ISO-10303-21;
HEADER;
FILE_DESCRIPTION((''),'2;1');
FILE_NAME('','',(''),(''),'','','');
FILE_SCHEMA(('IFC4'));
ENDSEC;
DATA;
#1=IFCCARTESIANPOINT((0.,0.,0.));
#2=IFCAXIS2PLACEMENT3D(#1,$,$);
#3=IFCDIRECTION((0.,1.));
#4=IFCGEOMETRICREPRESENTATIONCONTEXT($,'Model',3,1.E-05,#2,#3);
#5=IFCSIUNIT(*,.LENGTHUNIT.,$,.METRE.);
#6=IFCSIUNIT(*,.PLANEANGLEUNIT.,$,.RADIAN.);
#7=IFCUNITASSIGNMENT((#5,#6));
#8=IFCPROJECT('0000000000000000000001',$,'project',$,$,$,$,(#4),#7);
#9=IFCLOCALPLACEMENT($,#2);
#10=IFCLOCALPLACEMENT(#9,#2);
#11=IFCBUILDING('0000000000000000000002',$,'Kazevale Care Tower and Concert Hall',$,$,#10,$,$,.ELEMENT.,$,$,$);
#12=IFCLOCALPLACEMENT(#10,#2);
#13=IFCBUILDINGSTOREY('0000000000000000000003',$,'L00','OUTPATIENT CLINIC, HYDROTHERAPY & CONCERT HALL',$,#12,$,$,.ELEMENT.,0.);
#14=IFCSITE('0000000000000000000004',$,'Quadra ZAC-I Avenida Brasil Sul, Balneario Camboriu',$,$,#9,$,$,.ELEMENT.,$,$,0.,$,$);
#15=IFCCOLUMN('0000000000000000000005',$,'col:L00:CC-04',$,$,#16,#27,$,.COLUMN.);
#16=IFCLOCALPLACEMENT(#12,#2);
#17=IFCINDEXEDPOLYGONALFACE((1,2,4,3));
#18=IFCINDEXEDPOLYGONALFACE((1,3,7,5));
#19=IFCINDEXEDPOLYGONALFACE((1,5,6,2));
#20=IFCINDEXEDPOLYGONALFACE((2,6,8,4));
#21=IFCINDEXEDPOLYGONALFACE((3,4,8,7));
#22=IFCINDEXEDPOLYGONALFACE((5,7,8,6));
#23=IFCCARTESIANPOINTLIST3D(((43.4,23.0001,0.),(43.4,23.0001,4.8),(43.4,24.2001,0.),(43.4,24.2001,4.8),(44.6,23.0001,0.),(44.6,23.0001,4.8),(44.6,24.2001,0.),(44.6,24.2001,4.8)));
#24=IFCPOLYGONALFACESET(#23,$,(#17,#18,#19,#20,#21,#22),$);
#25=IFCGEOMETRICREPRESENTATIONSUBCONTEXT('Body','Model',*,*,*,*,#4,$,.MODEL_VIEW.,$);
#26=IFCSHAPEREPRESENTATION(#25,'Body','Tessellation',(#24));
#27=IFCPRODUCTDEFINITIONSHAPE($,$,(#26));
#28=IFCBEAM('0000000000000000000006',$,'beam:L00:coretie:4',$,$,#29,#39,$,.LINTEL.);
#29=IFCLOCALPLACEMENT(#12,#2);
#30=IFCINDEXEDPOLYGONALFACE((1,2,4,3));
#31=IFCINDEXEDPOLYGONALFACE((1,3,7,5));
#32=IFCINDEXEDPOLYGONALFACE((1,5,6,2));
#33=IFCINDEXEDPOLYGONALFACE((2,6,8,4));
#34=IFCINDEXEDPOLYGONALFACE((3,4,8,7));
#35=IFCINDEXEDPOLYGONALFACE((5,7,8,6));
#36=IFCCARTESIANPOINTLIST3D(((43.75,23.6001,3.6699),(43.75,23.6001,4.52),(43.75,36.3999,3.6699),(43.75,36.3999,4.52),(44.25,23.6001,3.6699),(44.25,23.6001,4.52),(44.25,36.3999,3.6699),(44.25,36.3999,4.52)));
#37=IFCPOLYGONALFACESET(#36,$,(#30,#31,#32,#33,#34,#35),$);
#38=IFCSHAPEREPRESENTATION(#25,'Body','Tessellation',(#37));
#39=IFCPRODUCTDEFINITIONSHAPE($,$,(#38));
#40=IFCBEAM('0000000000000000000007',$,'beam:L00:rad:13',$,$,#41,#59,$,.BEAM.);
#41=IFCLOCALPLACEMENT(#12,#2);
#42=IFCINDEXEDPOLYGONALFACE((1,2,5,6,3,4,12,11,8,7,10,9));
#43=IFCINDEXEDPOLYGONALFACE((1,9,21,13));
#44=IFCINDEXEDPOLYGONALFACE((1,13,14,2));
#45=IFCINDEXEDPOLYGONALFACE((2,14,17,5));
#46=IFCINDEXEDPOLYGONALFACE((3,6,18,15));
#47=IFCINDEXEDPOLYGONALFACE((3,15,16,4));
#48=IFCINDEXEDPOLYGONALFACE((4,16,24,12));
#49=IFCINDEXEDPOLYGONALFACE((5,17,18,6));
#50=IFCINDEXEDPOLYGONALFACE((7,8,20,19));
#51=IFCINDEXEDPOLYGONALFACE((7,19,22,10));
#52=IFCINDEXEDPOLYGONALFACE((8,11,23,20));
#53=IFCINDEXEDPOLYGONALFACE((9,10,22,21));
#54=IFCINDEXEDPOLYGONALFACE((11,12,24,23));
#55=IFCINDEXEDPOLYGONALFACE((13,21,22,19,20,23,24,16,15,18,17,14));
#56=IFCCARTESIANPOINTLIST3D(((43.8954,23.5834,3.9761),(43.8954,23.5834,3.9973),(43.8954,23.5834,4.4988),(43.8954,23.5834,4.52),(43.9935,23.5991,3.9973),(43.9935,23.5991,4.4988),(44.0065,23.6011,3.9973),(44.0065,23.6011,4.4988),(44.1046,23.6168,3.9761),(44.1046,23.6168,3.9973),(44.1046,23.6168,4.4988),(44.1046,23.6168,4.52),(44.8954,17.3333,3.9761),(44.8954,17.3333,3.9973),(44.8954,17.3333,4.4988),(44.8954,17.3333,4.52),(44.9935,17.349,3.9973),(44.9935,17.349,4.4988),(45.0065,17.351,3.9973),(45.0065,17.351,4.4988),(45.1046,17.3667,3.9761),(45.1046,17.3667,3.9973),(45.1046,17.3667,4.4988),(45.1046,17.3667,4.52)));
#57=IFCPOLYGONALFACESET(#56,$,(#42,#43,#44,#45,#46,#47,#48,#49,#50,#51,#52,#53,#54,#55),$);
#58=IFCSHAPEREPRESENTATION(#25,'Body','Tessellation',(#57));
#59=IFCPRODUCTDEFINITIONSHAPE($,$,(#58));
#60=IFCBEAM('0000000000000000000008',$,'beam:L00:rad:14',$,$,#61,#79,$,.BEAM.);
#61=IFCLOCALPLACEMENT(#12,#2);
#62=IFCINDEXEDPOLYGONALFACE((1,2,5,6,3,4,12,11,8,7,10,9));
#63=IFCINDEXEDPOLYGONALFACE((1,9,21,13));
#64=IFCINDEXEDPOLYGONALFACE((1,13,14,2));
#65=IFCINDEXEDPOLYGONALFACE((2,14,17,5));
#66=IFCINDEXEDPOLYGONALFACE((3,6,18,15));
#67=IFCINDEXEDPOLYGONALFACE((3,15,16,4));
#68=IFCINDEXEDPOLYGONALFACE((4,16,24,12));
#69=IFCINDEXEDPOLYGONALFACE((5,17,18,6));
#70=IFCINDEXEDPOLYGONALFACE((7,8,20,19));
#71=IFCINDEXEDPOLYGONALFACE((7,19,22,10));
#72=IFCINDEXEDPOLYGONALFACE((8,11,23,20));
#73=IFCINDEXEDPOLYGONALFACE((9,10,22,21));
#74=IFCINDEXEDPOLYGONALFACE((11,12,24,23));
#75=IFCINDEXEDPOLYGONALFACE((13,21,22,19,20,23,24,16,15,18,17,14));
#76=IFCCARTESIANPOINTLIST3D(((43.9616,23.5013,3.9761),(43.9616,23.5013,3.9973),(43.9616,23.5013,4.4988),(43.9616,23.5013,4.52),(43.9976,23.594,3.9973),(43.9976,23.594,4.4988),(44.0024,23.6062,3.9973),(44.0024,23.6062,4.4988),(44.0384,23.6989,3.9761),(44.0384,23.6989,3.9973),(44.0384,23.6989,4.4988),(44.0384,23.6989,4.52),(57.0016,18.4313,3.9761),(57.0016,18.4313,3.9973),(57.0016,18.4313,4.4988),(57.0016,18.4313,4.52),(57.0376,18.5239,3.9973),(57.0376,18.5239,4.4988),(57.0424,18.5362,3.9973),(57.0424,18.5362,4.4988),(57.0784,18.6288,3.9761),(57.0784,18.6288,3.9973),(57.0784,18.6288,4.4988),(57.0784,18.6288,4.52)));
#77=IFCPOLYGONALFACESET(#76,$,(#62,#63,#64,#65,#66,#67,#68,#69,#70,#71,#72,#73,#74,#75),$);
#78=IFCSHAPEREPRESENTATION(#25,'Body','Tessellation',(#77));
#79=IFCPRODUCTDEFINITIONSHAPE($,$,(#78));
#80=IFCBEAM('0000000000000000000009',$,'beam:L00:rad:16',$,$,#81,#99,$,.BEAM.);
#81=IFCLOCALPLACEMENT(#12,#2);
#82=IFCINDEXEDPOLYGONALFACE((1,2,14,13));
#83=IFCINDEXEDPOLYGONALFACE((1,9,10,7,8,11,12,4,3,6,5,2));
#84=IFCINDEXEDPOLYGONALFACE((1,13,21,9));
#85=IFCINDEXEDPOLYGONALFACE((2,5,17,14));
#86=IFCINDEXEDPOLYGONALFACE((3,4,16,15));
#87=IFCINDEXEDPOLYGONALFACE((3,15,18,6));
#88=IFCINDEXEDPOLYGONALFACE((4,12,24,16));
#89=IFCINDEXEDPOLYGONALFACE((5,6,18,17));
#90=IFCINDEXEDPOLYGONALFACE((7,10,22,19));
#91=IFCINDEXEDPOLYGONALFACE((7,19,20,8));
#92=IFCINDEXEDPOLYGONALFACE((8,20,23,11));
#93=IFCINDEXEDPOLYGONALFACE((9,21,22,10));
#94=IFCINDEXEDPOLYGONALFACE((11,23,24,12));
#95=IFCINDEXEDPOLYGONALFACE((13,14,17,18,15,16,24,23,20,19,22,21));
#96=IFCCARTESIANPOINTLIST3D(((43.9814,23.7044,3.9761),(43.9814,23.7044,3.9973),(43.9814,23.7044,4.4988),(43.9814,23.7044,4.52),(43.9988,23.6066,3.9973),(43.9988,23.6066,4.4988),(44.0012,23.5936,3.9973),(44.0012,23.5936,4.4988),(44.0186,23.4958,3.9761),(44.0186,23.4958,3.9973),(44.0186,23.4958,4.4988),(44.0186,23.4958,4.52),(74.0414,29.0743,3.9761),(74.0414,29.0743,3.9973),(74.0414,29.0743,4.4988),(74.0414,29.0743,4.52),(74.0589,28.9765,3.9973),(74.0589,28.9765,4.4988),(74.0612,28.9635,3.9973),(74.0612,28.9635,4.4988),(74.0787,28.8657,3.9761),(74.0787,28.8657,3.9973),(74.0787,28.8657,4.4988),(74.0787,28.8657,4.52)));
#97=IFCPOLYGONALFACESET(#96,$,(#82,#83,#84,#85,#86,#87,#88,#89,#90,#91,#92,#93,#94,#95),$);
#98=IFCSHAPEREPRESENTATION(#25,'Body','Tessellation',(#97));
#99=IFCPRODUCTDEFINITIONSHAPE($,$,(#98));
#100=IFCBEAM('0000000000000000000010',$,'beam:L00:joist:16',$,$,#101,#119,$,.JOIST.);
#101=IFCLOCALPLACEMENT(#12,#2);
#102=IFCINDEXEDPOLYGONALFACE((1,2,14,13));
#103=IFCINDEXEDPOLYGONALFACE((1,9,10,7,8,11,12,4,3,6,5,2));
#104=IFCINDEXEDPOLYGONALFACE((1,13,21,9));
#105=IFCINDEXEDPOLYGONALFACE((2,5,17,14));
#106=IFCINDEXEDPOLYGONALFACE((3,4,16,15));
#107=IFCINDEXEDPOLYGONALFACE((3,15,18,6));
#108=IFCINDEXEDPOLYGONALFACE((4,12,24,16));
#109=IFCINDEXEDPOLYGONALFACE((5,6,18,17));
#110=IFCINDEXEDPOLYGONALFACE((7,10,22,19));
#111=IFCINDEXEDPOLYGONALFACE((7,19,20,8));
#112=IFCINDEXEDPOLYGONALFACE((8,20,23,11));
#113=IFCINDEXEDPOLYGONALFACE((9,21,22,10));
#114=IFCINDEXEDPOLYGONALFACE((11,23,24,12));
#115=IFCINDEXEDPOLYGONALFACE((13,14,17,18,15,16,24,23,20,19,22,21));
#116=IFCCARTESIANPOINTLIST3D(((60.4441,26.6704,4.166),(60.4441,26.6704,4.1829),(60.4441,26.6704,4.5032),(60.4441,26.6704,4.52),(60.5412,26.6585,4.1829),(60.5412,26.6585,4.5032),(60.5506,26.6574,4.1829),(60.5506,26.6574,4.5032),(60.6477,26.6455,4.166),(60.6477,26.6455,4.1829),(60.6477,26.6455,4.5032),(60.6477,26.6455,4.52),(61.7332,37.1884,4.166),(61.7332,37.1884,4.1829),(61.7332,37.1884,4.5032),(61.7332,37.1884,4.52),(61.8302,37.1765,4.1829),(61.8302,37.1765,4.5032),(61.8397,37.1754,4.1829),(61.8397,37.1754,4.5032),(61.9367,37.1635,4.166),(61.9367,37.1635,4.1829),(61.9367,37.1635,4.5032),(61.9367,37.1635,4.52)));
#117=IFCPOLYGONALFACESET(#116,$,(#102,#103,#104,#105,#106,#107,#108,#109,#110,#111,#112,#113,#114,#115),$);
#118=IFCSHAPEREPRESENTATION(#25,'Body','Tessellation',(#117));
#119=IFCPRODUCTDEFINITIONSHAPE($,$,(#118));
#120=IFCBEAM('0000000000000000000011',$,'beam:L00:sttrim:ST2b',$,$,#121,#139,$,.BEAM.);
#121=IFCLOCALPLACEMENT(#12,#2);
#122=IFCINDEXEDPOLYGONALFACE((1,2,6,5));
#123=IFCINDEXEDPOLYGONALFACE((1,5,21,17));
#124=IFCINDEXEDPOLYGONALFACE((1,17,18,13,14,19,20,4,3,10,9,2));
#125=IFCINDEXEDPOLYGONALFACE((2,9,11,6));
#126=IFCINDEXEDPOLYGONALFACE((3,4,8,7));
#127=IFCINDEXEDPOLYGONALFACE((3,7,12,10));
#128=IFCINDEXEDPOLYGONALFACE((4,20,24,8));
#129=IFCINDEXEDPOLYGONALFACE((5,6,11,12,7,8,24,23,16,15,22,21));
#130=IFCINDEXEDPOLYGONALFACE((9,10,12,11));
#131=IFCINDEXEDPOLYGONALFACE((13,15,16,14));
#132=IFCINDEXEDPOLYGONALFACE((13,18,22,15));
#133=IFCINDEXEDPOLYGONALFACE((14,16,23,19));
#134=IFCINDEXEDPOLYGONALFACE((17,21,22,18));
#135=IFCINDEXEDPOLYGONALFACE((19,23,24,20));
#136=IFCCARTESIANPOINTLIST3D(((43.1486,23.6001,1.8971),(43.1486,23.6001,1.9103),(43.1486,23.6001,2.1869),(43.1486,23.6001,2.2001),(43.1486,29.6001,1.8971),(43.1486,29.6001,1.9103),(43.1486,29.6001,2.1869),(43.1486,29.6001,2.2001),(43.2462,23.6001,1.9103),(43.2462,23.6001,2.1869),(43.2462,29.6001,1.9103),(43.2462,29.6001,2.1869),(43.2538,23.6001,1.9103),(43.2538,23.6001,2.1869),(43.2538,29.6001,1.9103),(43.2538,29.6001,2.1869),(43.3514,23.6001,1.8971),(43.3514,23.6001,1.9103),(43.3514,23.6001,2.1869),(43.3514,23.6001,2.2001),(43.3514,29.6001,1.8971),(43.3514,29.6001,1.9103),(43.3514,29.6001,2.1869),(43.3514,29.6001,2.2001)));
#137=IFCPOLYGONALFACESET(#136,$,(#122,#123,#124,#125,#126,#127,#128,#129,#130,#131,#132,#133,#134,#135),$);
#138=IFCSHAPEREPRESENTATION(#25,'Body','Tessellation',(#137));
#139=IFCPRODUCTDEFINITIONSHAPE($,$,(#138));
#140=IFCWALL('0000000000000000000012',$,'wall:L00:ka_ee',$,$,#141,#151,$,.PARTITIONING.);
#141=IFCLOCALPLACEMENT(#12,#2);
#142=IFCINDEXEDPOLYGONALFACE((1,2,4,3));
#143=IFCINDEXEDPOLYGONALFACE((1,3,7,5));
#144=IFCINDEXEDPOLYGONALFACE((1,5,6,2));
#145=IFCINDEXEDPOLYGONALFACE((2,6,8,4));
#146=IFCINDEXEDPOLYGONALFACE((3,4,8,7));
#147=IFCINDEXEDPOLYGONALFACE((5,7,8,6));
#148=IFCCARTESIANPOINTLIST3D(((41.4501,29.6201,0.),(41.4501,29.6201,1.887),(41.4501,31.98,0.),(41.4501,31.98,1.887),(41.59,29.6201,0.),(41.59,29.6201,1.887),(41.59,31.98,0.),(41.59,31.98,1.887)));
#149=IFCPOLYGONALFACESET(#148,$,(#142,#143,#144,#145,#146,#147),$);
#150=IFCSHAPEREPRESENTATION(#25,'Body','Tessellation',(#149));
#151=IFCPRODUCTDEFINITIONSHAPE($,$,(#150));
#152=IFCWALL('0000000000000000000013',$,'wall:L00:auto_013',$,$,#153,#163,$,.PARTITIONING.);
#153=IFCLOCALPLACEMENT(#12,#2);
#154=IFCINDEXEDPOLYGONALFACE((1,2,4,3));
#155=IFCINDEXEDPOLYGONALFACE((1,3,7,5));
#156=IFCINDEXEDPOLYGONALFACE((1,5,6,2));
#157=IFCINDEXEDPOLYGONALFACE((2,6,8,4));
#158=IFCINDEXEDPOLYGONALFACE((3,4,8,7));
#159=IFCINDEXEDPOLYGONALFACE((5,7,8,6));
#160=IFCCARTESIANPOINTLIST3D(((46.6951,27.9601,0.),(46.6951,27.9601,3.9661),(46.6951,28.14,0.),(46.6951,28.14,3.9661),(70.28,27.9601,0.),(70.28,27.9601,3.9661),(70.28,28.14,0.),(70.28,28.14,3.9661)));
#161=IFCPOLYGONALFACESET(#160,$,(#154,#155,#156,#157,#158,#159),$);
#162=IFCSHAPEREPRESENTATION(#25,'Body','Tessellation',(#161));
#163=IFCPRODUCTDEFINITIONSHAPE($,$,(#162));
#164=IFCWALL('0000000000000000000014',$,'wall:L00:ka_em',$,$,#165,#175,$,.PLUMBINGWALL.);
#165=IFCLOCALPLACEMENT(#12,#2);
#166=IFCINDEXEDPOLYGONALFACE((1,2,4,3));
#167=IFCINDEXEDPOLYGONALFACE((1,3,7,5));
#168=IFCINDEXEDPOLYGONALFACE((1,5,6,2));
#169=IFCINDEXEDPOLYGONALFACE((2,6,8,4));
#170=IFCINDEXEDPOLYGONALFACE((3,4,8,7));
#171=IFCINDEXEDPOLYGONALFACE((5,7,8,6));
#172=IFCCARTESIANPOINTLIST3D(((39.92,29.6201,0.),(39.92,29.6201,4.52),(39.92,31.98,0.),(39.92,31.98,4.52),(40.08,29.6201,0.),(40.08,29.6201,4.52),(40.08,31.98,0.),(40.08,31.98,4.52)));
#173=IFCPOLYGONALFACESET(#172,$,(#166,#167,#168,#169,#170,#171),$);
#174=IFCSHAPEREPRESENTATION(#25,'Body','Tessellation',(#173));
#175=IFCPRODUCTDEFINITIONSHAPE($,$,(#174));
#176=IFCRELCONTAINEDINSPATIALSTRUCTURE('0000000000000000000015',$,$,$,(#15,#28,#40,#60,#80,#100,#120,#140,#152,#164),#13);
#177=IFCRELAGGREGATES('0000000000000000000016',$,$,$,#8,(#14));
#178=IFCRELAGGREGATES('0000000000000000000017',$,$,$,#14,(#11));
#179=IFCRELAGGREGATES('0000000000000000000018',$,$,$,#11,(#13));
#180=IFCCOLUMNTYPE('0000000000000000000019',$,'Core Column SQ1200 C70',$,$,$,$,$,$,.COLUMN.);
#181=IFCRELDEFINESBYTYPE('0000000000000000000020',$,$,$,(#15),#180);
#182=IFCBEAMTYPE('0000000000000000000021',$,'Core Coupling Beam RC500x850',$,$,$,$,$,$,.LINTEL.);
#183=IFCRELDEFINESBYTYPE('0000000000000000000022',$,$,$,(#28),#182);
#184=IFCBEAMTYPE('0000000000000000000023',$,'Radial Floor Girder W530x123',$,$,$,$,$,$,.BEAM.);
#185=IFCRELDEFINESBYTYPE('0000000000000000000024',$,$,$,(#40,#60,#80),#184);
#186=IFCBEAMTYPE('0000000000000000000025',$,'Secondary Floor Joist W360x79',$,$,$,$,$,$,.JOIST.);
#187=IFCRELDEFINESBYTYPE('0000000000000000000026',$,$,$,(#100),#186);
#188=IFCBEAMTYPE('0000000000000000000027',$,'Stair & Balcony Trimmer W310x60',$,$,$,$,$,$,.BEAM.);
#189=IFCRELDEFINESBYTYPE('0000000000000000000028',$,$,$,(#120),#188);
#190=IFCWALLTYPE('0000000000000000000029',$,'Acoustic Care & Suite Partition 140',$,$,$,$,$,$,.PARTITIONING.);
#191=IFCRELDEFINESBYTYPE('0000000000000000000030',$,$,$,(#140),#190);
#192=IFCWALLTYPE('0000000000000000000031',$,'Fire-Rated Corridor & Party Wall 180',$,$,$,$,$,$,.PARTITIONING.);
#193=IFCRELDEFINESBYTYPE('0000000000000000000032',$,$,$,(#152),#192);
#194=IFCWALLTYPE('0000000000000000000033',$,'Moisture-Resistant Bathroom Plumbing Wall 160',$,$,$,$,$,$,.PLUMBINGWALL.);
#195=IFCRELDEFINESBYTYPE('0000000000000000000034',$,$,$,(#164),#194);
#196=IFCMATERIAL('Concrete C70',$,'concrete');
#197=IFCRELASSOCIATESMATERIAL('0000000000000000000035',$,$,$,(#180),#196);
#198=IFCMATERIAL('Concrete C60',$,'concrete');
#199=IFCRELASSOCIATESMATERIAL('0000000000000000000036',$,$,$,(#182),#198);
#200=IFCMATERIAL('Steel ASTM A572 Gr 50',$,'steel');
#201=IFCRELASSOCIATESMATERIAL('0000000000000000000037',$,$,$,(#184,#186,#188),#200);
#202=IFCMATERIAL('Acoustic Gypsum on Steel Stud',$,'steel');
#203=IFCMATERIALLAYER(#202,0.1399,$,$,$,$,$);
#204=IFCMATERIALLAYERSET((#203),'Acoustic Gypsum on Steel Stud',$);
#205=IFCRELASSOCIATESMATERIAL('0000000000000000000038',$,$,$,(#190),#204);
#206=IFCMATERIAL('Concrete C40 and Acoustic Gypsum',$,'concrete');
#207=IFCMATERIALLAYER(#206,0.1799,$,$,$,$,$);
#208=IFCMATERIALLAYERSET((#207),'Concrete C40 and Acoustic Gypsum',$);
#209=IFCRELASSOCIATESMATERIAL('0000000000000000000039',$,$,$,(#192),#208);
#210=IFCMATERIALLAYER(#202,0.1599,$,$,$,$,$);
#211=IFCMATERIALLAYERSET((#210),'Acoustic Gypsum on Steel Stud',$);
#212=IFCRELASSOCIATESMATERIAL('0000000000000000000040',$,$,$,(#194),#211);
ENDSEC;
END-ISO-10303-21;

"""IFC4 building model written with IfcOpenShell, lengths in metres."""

from ifc_helpers import new_model, si_unit, direction, frame, frame_2d, origin, origin_2d, place, context, subcontext, project, spatial, rectangle, i_section, extrude, material, layer, layer_set, material_profile, profile_set, type_object, element, save


model = new_model("IFC4")

# Units and contexts
model_context = context("Model", 3, precision=1e-05, world=origin(), true_north=direction((0.0, 1.0)))
body_context = subcontext(model_context, "Body", "Model", "MODEL_VIEW")
ifc_project = project(units=[si_unit("LENGTHUNIT", "METRE"), si_unit("PLANEANGLEUNIT", "RADIAN")], contexts=[model_context])

# Site, building, storey
site_placement = place(None, origin())
site = spatial("IfcSite", under=ifc_project, at=site_placement, Name="Quadra ZAC-I Avenida Brasil Sul, Balneario Camboriu", CompositionType="ELEMENT", RefElevation=0.0)
building_placement = place(site_placement, origin())
building = spatial("IfcBuilding", under=site, at=building_placement, Name="Kazevale Care Tower and Concert Hall", CompositionType="ELEMENT")
storey_placement = place(building_placement, origin())
storey = spatial("IfcBuildingStorey", under=building, at=storey_placement, Name="L00", Description="OUTPATIENT CLINIC, HYDROTHERAPY & CONCERT HALL", CompositionType="ELEMENT", Elevation=0.0)

# Column
ifc_material_1 = material(Name="Concrete C70", Category="concrete")
ifc_material_profile_1 = material_profile(ifc_material_1, rectangle(XDim=1.2, YDim=1.2, at=origin_2d()), Name="RC-SQ1200")
ifc_profile_set_1 = profile_set([ifc_material_profile_1], Name="Concrete C70")
column_type = type_object("IfcColumnType", Name="Core Column SQ1200 C70", PredefinedType="COLUMN", material=ifc_profile_set_1)
column_placement = place(storey_placement, frame((44.0, 23.6001, 0.0), z_axis=(0.0, 0.0, 1.0), x_axis=(1.0, 0.0, 0.0)))
element("IfcColumn", 1, at=column_placement, inside=storey, type_object=column_type, Name="col:L00:CC-04", PredefinedType="COLUMN", context=body_context, shape_type="SweptSolid", body=[
    extrude(rectangle(XDim=1.2, YDim=1.2, at=origin_2d()), origin(), (0.0, 0.0, 1.0), 4.8),
])

# Beams
ifc_material_2 = material(Name="Concrete C60", Category="concrete")
ifc_material_profile_2 = material_profile(ifc_material_2, rectangle(XDim=0.5, YDim=0.8501, at=origin_2d()), Name="RC-B500x850")
ifc_profile_set_2 = profile_set([ifc_material_profile_2], Name="Concrete C60")
beam_type_1 = type_object("IfcBeamType", Name="Core Coupling Beam RC500x850", PredefinedType="LINTEL", material=ifc_profile_set_2)
beam_1_placement = place(storey_placement, frame((44.0, 23.6001, 4.095), z_axis=(0.0, 1.0, 0.0), x_axis=(-1.0, 0.0, 0.0)))
element("IfcBeam", 2, at=beam_1_placement, inside=storey, type_object=beam_type_1, Name="beam:L00:coretie:4", PredefinedType="LINTEL", context=body_context, shape_type="SweptSolid", body=[
    extrude(rectangle(XDim=0.5, YDim=0.8501, at=origin_2d()), origin(), (0.0, 0.0, 1.0), 12.7998),
])
ifc_material_3 = material(Name="Steel ASTM A572 Gr 50", Category="steel")
ifc_material_profile_3 = material_profile(ifc_material_3, i_section(OverallWidth=0.2119, OverallDepth=0.5439, WebThickness=0.0132, FlangeThickness=0.0212, at=origin_2d()), Name="W530x123")
ifc_profile_set_3 = profile_set([ifc_material_profile_3], Name="Steel ASTM A572 Gr 50")
beam_type_2 = type_object("IfcBeamType", Name="Radial Floor Girder W530x123", PredefinedType="BEAM", material=ifc_profile_set_3)
beam_2_placement = place(storey_placement, frame((44.0, 23.6001, 4.248), z_axis=(0.157991, -0.987441, 0.0), x_axis=(0.987441, 0.157991, 0.0)))
element("IfcBeam", 3, at=beam_2_placement, inside=storey, type_object=beam_type_2, Name="beam:L00:rad:13", PredefinedType="BEAM", context=body_context, shape_type="SweptSolid", body=[
    extrude(i_section(OverallWidth=0.2119, OverallDepth=0.5439, WebThickness=0.0132, FlangeThickness=0.0212, at=origin_2d()), origin(), (0.0, 0.0, 1.0), 6.3296),
])
beam_3_placement = place(storey_placement, frame((44.0, 23.6001, 4.248), z_axis=(0.93203, -0.362381, 0.0), x_axis=(0.362381, 0.93203, 0.0)))
element("IfcBeam", 4, at=beam_3_placement, inside=storey, type_object=beam_type_2, Name="beam:L00:rad:14", PredefinedType="BEAM", context=body_context, shape_type="SweptSolid", body=[
    extrude(i_section(OverallWidth=0.2119, OverallDepth=0.5439, WebThickness=0.0132, FlangeThickness=0.0212, at=origin_2d()), origin(), (0.0, 0.0, 1.0), 13.991),
])
beam_4_placement = place(storey_placement, frame((44.0, 23.6001, 4.248), z_axis=(0.984416, 0.175854, 0.0), x_axis=(-0.175854, 0.984416, 0.0)))
element("IfcBeam", 5, at=beam_4_placement, inside=storey, type_object=beam_type_2, Name="beam:L00:rad:16", PredefinedType="BEAM", context=body_context, shape_type="SweptSolid", body=[
    extrude(i_section(OverallWidth=0.2119, OverallDepth=0.5439, WebThickness=0.0132, FlangeThickness=0.0212, at=origin_2d()), origin(), (0.0, 0.0, 1.0), 30.5359),
])
ifc_material_profile_4 = material_profile(ifc_material_3, i_section(OverallWidth=0.2051, OverallDepth=0.354, WebThickness=0.0095, FlangeThickness=0.0168, at=origin_2d()), Name="W360x79")
ifc_profile_set_4 = profile_set([ifc_material_profile_4], Name="Steel ASTM A572 Gr 50")
beam_type_3 = type_object("IfcBeamType", Name="Secondary Floor Joist W360x79", PredefinedType="JOIST", material=ifc_profile_set_4)
beam_5_placement = place(storey_placement, frame((60.5459, 26.658, 4.343), z_axis=(0.121647, 0.992573, 0.0), x_axis=(-0.992573, 0.121647, 0.0)))
element("IfcBeam", 6, at=beam_5_placement, inside=storey, type_object=beam_type_3, Name="beam:L00:joist:16", PredefinedType="JOIST", context=body_context, shape_type="SweptSolid", body=[
    extrude(i_section(OverallWidth=0.2051, OverallDepth=0.354, WebThickness=0.0095, FlangeThickness=0.0168, at=origin_2d()), origin(), (0.0, 0.0, 1.0), 10.5967),
])
ifc_material_profile_5 = material_profile(ifc_material_3, i_section(OverallWidth=0.2029, OverallDepth=0.303, WebThickness=0.0076, FlangeThickness=0.0132, at=origin_2d()), Name="W310x60")
ifc_profile_set_5 = profile_set([ifc_material_profile_5], Name="Steel ASTM A572 Gr 50")
beam_type_4 = type_object("IfcBeamType", Name="Stair & Balcony Trimmer W310x60", PredefinedType="BEAM", material=ifc_profile_set_5)
beam_6_placement = place(storey_placement, frame((43.25, 23.6001, 2.0486), z_axis=(0.0, 1.0, 0.0), x_axis=(-1.0, 0.0, 0.0)))
element("IfcBeam", 7, at=beam_6_placement, inside=storey, type_object=beam_type_4, Name="beam:L00:sttrim:ST2b", PredefinedType="BEAM", context=body_context, shape_type="SweptSolid", body=[
    extrude(i_section(OverallWidth=0.2029, OverallDepth=0.303, WebThickness=0.0076, FlangeThickness=0.0132, at=origin_2d()), origin(), (0.0, 0.0, 1.0), 6.0),
])

# Wall
ifc_material_4 = material(Name="Acoustic Gypsum on Steel Stud", Category="steel")
ifc_layer_1 = layer(ifc_material_4, 0.1399)
ifc_layer_set_1 = layer_set([ifc_layer_1], Name="Acoustic Gypsum on Steel Stud")
wall_type_1 = type_object("IfcWallType", Name="Acoustic Care & Suite Partition 140", PredefinedType="PARTITIONING", material=ifc_layer_set_1)
wall_1_placement = place(storey_placement, frame((41.52, 29.6201, 0.0), z_axis=(0.0, 0.0, 1.0), x_axis=(0.0, 1.0, 0.0)))
element("IfcWall", 8, at=wall_1_placement, inside=storey, type_object=wall_type_1, Name="wall:L00:ka_ee", PredefinedType="PARTITIONING", context=body_context, shape_type="SweptSolid", body=[
    extrude(rectangle(XDim=2.3599, YDim=0.1399, at=frame_2d((1.1799, 0.0))), origin(), (0.0, 0.0, 1.0), 1.887),
])

# Walls
ifc_material_5 = material(Name="Concrete C40 and Acoustic Gypsum", Category="concrete")
ifc_layer_2 = layer(ifc_material_5, 0.1799)
ifc_layer_set_2 = layer_set([ifc_layer_2], Name="Concrete C40 and Acoustic Gypsum")
wall_type_2 = type_object("IfcWallType", Name="Fire-Rated Corridor & Party Wall 180", PredefinedType="PARTITIONING", material=ifc_layer_set_2)
wall_2_placement = place(storey_placement, frame((46.6951, 28.05, 0.0), z_axis=(0.0, 0.0, 1.0), x_axis=(1.0, 0.0, 0.0)))
element("IfcWall", 9, at=wall_2_placement, inside=storey, type_object=wall_type_2, Name="wall:L00:auto_013", PredefinedType="PARTITIONING", context=body_context, shape_type="SweptSolid", body=[
    extrude(rectangle(XDim=23.585, YDim=0.1799, at=frame_2d((11.7925, 0.0))), origin(), (0.0, 0.0, 1.0), 3.9661),
])
ifc_layer_3 = layer(ifc_material_4, 0.1599)
ifc_layer_set_3 = layer_set([ifc_layer_3], Name="Acoustic Gypsum on Steel Stud")
wall_type_3 = type_object("IfcWallType", Name="Moisture-Resistant Bathroom Plumbing Wall 160", PredefinedType="PLUMBINGWALL", material=ifc_layer_set_3)
wall_3_placement = place(storey_placement, frame((40.0, 29.6201, 0.0), z_axis=(0.0, 0.0, 1.0), x_axis=(0.0, 1.0, 0.0)))
element("IfcWall", 10, at=wall_3_placement, inside=storey, type_object=wall_type_3, Name="wall:L00:ka_em", PredefinedType="PLUMBINGWALL", context=body_context, shape_type="SweptSolid", body=[
    extrude(rectangle(XDim=2.3599, YDim=0.1599, at=frame_2d((1.1799, 0.0))), origin(), (0.0, 0.0, 1.0), 4.52),
])

save(model, "model.ifc")
